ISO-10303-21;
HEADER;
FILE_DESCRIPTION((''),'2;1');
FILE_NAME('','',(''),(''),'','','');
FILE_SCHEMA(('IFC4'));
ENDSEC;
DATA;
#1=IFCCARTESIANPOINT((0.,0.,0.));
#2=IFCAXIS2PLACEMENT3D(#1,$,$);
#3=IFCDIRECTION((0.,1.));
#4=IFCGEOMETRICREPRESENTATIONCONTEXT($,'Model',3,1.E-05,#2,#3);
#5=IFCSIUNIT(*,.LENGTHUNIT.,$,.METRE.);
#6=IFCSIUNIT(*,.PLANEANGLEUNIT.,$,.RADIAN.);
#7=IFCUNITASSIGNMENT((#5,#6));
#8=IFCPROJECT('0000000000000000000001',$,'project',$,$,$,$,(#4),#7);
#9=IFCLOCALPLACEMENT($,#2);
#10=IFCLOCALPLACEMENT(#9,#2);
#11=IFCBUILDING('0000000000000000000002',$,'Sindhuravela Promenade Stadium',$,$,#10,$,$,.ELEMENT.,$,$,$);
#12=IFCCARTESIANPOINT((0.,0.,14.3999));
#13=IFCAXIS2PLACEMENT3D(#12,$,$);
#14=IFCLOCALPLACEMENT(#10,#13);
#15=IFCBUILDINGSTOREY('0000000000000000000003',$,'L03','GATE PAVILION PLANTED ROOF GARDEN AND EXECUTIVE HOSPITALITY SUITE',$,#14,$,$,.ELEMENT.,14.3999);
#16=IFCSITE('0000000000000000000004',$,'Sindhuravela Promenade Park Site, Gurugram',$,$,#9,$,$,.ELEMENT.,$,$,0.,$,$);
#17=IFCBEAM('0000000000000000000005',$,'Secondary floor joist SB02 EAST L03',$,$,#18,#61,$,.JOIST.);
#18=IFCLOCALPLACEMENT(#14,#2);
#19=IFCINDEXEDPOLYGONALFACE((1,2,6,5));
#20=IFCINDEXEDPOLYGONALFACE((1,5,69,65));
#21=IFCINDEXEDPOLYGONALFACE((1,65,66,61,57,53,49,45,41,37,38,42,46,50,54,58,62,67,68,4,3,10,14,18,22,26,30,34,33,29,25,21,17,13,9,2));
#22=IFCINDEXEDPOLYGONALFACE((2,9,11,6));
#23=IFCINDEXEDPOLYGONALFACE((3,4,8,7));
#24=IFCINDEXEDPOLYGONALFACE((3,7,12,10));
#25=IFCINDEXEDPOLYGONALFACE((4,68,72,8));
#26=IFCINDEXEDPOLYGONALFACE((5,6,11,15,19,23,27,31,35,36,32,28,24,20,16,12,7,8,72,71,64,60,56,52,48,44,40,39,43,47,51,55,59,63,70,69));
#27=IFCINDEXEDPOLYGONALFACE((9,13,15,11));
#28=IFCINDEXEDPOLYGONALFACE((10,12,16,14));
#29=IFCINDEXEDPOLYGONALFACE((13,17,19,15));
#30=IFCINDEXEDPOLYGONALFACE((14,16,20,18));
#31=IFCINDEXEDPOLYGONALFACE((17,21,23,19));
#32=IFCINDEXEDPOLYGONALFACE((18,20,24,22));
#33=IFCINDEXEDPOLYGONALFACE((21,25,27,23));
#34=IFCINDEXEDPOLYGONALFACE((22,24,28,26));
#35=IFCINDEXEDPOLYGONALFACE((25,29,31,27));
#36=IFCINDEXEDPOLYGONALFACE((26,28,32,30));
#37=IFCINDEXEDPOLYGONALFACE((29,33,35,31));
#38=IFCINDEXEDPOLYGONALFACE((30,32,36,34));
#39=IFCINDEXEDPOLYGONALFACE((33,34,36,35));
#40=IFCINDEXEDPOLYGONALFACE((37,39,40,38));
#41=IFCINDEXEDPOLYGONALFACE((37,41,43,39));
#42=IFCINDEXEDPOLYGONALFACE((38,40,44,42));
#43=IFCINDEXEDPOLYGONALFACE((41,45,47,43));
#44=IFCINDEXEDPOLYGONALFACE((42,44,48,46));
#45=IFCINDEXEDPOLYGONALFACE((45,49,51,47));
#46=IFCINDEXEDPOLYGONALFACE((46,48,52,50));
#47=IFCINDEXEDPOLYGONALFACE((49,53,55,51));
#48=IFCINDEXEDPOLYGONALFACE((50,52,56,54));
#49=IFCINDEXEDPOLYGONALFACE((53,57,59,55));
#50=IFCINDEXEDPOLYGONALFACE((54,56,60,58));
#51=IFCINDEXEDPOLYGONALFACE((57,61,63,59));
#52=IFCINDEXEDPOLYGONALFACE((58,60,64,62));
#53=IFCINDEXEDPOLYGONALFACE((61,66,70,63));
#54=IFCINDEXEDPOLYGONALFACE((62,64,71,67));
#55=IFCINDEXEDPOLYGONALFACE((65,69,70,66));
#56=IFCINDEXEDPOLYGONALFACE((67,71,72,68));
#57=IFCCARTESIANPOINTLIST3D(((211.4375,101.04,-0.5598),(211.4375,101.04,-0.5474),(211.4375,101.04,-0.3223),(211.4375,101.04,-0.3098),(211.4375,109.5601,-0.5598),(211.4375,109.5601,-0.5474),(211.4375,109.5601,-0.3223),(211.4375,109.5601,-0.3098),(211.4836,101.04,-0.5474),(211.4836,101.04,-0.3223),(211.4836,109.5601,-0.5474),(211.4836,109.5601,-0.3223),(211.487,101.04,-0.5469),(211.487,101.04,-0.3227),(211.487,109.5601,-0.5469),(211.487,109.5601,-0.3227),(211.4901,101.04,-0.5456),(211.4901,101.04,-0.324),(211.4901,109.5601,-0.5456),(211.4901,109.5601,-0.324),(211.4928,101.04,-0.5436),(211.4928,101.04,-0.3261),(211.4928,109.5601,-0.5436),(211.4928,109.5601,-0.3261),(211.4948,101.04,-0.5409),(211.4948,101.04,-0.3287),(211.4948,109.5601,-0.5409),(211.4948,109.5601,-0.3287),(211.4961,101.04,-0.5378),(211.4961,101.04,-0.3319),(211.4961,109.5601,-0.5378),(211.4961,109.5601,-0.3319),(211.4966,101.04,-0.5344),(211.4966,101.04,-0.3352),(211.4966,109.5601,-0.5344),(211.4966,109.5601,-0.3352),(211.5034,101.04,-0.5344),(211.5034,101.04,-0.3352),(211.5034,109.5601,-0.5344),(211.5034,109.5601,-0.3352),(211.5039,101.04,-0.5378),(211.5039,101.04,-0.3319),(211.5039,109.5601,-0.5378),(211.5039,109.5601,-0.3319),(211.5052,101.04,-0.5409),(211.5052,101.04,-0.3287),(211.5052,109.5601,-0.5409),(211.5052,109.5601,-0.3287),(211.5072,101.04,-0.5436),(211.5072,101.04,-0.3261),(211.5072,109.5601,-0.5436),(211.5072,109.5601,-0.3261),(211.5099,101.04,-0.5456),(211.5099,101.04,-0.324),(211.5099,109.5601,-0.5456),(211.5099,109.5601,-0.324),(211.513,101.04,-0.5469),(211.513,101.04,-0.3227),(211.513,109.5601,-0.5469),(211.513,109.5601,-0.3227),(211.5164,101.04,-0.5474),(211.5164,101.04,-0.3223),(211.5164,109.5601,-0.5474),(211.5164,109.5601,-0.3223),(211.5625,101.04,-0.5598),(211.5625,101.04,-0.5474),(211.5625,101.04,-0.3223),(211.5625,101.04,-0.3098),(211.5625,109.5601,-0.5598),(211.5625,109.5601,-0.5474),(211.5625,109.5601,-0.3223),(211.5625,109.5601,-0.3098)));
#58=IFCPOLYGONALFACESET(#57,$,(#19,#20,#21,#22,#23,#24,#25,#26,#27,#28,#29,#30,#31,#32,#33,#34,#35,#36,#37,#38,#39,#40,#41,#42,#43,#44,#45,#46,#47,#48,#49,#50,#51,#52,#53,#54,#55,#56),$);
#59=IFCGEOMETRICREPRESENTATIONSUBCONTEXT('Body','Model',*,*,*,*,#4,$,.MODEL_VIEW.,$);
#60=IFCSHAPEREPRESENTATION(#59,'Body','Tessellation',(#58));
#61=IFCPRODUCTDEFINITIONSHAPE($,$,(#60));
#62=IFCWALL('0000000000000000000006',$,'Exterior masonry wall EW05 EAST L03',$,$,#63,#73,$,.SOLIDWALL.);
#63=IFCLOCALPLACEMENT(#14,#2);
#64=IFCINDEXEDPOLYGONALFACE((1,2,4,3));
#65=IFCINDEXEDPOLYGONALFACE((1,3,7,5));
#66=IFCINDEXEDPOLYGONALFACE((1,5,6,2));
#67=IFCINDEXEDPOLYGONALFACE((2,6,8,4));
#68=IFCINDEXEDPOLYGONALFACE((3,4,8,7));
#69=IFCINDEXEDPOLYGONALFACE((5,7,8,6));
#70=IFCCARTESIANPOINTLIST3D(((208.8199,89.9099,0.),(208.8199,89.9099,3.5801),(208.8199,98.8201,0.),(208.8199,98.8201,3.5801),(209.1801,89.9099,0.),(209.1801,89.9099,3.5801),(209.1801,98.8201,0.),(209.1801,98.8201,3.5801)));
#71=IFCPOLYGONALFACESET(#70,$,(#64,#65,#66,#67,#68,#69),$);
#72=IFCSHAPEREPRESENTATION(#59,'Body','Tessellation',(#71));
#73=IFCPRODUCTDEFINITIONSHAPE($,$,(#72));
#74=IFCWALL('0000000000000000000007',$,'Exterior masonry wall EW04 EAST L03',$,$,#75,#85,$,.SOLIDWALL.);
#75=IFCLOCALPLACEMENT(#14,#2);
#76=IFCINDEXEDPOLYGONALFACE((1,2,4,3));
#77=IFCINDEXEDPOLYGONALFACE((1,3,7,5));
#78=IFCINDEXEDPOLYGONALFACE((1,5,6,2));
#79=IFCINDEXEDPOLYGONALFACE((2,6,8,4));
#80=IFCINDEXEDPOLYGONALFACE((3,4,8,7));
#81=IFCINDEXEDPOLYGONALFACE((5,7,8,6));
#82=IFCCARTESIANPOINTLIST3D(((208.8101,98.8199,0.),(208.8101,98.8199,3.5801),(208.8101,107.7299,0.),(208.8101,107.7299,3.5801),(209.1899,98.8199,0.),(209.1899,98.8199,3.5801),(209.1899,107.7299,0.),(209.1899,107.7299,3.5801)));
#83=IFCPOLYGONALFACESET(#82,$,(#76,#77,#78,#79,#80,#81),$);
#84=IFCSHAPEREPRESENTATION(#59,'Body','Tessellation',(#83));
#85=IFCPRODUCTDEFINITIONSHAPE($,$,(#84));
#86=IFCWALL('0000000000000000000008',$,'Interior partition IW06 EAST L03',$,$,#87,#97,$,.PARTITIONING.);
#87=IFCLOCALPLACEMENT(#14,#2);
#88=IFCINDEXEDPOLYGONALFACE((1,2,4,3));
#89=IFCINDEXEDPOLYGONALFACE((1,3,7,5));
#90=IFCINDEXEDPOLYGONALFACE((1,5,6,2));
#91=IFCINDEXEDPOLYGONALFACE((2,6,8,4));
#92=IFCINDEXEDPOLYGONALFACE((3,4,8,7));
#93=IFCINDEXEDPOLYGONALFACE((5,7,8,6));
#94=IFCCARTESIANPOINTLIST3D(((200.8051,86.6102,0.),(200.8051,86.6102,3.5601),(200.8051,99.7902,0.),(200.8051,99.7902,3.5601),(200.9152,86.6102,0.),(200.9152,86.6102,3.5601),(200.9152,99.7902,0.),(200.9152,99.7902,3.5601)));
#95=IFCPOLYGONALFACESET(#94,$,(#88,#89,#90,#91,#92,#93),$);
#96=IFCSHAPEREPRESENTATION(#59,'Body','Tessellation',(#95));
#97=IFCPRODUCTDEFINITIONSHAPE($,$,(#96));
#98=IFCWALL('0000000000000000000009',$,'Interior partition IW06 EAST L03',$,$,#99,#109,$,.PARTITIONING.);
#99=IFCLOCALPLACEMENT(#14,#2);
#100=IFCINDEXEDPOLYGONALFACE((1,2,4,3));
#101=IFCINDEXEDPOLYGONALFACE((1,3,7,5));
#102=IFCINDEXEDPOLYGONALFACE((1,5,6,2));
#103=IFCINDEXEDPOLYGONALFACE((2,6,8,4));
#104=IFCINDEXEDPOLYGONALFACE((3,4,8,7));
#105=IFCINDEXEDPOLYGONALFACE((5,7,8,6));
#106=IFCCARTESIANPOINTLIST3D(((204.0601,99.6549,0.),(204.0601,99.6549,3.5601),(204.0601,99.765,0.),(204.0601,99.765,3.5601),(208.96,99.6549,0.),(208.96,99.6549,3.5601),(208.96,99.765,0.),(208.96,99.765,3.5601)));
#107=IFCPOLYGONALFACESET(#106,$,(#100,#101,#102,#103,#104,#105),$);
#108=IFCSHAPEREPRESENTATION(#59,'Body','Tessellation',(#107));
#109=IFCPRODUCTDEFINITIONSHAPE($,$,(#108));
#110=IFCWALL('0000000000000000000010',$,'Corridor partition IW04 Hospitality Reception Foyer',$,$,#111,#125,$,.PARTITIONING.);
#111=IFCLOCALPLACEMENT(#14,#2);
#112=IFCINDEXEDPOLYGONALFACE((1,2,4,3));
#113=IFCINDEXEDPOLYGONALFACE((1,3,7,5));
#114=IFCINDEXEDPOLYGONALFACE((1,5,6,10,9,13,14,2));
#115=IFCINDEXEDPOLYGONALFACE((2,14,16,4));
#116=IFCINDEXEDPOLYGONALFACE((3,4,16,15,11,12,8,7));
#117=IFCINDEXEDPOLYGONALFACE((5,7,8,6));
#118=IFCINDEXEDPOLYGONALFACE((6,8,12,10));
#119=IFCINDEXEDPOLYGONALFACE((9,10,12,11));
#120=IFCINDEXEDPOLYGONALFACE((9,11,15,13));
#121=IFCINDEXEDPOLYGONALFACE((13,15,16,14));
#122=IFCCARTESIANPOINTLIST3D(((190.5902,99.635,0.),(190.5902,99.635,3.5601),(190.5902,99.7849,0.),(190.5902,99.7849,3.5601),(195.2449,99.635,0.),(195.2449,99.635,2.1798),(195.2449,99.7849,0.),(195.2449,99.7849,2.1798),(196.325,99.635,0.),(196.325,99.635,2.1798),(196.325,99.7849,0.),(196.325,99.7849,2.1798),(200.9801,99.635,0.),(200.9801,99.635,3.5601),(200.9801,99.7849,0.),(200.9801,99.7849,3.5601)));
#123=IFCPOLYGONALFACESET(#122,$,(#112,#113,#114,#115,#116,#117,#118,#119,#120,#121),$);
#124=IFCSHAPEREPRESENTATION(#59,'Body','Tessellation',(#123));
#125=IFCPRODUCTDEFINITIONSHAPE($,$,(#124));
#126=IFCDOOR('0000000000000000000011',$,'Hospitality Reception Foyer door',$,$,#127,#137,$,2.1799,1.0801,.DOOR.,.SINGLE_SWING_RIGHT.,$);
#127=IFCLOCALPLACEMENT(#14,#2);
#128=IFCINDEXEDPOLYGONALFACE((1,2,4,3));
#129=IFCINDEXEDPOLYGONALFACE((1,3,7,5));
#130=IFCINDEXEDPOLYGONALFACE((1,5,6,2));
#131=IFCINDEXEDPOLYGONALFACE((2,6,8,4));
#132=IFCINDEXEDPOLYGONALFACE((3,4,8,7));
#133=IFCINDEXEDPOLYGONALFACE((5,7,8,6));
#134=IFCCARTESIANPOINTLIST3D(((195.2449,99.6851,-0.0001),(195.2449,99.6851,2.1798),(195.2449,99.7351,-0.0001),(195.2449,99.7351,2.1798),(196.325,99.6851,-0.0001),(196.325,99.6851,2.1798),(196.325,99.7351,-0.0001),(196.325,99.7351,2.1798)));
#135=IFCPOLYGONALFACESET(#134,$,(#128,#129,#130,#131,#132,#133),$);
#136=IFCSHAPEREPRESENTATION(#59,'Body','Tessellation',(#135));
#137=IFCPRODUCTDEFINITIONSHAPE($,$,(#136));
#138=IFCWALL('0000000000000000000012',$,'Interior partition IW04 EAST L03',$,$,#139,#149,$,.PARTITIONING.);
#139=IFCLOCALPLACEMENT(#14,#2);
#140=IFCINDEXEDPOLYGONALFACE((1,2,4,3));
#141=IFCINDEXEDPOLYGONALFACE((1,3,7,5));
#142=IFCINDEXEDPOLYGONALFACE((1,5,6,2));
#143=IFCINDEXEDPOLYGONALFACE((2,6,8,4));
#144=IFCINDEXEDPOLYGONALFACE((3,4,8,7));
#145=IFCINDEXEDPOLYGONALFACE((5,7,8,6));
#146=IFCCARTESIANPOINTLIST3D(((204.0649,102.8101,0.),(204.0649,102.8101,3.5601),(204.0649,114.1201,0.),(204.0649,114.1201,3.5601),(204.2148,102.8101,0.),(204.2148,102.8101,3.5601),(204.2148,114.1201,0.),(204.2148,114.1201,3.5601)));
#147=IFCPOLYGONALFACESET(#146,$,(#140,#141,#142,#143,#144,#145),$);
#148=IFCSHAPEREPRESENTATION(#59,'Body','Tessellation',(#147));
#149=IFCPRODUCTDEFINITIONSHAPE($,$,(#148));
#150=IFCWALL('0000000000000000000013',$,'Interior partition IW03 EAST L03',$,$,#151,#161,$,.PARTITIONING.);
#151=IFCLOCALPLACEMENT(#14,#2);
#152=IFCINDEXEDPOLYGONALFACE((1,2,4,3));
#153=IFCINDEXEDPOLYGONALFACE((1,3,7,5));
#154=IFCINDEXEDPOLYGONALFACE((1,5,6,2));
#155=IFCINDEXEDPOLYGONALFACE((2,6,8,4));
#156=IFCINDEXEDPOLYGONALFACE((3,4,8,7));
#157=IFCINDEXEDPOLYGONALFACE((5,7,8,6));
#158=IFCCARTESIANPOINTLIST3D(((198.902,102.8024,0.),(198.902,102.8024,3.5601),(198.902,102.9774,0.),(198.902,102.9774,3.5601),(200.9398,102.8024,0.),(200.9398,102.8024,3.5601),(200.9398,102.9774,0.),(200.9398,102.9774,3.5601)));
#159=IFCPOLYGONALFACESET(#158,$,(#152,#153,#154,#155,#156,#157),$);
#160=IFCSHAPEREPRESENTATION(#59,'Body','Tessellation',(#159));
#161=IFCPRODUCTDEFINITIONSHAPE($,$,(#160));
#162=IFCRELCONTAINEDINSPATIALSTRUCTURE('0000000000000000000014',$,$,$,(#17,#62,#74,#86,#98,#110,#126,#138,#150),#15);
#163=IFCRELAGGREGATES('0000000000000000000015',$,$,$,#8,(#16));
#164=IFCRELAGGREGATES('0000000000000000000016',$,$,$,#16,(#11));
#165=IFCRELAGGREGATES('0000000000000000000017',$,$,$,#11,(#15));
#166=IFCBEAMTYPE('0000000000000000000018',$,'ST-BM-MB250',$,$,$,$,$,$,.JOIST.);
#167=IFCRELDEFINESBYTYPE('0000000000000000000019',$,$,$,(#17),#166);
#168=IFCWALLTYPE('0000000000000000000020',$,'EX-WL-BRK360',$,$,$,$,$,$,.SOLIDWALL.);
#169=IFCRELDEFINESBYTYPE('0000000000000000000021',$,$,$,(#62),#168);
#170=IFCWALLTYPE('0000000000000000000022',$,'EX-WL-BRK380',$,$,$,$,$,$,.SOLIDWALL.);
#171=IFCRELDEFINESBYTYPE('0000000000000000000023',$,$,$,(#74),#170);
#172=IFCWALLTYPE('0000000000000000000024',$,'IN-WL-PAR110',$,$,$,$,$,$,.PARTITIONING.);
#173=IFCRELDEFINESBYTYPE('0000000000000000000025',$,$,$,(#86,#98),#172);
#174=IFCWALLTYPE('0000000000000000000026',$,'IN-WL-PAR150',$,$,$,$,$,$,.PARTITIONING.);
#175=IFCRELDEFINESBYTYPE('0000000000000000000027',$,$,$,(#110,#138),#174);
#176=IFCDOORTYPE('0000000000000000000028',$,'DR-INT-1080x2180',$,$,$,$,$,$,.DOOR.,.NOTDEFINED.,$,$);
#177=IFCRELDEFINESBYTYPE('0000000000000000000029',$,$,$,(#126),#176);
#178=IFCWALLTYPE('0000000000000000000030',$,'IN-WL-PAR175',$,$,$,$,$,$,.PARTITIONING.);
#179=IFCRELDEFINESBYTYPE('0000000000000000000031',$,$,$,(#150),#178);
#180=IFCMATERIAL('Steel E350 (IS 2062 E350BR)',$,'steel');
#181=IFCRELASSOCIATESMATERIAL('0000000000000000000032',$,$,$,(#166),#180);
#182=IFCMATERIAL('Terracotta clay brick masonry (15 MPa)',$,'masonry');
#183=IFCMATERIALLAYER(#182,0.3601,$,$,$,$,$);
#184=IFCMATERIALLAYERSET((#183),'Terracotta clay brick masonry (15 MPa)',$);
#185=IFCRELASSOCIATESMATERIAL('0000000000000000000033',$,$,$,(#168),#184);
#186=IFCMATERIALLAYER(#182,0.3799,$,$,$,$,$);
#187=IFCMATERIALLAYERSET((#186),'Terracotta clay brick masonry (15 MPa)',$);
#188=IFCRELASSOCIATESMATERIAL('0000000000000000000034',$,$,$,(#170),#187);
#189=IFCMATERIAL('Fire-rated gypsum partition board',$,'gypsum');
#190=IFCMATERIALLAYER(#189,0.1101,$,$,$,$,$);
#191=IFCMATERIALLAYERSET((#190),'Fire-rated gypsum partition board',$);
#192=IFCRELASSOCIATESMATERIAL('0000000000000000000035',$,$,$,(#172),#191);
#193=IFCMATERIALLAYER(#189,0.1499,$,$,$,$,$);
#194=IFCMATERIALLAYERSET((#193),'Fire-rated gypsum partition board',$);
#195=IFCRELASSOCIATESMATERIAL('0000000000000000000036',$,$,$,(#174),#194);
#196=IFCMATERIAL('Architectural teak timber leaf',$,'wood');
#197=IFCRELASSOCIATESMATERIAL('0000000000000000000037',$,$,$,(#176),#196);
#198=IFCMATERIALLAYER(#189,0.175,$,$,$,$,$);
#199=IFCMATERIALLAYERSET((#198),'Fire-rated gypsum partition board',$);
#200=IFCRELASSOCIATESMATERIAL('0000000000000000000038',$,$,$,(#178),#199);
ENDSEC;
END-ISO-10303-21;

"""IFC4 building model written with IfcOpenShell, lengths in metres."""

from ifc_helpers import new_model, si_unit, direction, frame, frame_2d, origin, origin_2d, place, context, subcontext, project, spatial, rectangle, i_section, extrude, material, layer, layer_set, material_profile, profile_set, type_object, element, fill, save


model = new_model("IFC4")

# Units and contexts
model_context = context("Model", 3, precision=1e-05, world=origin(), true_north=direction((0.0, 1.0)))
body_context = subcontext(model_context, "Body", "Model", "MODEL_VIEW")
ifc_project = project(units=[si_unit("LENGTHUNIT", "METRE"), si_unit("PLANEANGLEUNIT", "RADIAN")], contexts=[model_context])

# Site, building, storey
site_placement = place(None, origin())
site = spatial("IfcSite", under=ifc_project, at=site_placement, Name="Sindhuravela Promenade Park Site, Gurugram", CompositionType="ELEMENT", RefElevation=0.0)
building_placement = place(site_placement, origin())
building = spatial("IfcBuilding", under=site, at=building_placement, Name="Sindhuravela Promenade Stadium", CompositionType="ELEMENT")
storey_placement = place(building_placement, frame((0.0, 0.0, 14.3999)))
storey = spatial("IfcBuildingStorey", under=building, at=storey_placement, Name="L03", Description="GATE PAVILION PLANTED ROOF GARDEN AND EXECUTIVE HOSPITALITY SUITE", CompositionType="ELEMENT", Elevation=14.3999)

# Beam
ifc_material_1 = material(Name="Steel E350 (IS 2062 E350BR)", Category="steel")
ifc_material_profile_1 = material_profile(ifc_material_1, i_section(OverallWidth=0.125, OverallDepth=0.25, WebThickness=0.0068, FlangeThickness=0.0125, FilletRadius=0.0129, at=origin_2d()), Name="ISMB 250")
ifc_profile_set_1 = profile_set([ifc_material_profile_1], Name="Steel E350 (IS 2062 E350BR)")
beam_type_1 = type_object("IfcBeamType", Name="ST-BM-MB250", PredefinedType="JOIST", material=ifc_profile_set_1)
beam_1_placement = place(storey_placement, frame((211.5, 101.04, -0.4348), z_axis=(0.0, 1.0, 0.0), x_axis=(-1.0, 0.0, 0.0)))
element("IfcBeam", 1, at=beam_1_placement, inside=storey, type_object=beam_type_1, Name="Secondary floor joist SB02 EAST L03", PredefinedType="JOIST", context=body_context, shape_type="SweptSolid", body=[
    extrude(i_section(OverallWidth=0.125, OverallDepth=0.25, WebThickness=0.0068, FlangeThickness=0.0125, FilletRadius=0.0129, at=origin_2d()), origin(), (0.0, 0.0, 1.0), 8.52),
])

# Walls
ifc_material_2 = material(Name="Terracotta clay brick masonry (15 MPa)", Category="masonry")
ifc_layer_1 = layer(ifc_material_2, 0.3601)
ifc_layer_set_1 = layer_set([ifc_layer_1], Name="Terracotta clay brick masonry (15 MPa)")
wall_type_1 = type_object("IfcWallType", Name="EX-WL-BRK360", PredefinedType="SOLIDWALL", material=ifc_layer_set_1)
wall_1_placement = place(storey_placement, frame((209.0, 98.8201, 0.0), z_axis=(0.0, 0.0, 1.0), x_axis=(0.0, -1.0, 0.0)))
element("IfcWall", 2, at=wall_1_placement, inside=storey, type_object=wall_type_1, Name="Exterior masonry wall EW05 EAST L03", PredefinedType="SOLIDWALL", context=body_context, shape_type="SweptSolid", body=[
    extrude(rectangle(XDim=8.9102, YDim=0.3601, at=frame_2d((4.4551, 0.0))), origin(), (0.0, 0.0, 1.0), 3.5801),
])
ifc_layer_2 = layer(ifc_material_2, 0.3799)
ifc_layer_set_2 = layer_set([ifc_layer_2], Name="Terracotta clay brick masonry (15 MPa)")
wall_type_2 = type_object("IfcWallType", Name="EX-WL-BRK380", PredefinedType="SOLIDWALL", material=ifc_layer_set_2)
wall_2_placement = place(storey_placement, frame((209.0, 107.73, 0.0), z_axis=(0.0, 0.0, 1.0), x_axis=(0.0, -1.0, 0.0)))
element("IfcWall", 3, at=wall_2_placement, inside=storey, type_object=wall_type_2, Name="Exterior masonry wall EW04 EAST L03", PredefinedType="SOLIDWALL", context=body_context, shape_type="SweptSolid", body=[
    extrude(rectangle(XDim=8.9099, YDim=0.3799, at=frame_2d((4.4551, 0.0))), origin(), (0.0, 0.0, 1.0), 3.5801),
])
ifc_material_3 = material(Name="Fire-rated gypsum partition board", Category="gypsum")
ifc_layer_3 = layer(ifc_material_3, 0.1101)
ifc_layer_set_3 = layer_set([ifc_layer_3], Name="Fire-rated gypsum partition board")
wall_type_3 = type_object("IfcWallType", Name="IN-WL-PAR110", PredefinedType="PARTITIONING", material=ifc_layer_set_3)
wall_3_placement = place(storey_placement, frame((200.8601, 99.79, 0.0), z_axis=(0.0, 0.0, 1.0), x_axis=(0.0, -1.0, 0.0)))
element("IfcWall", 4, at=wall_3_placement, inside=storey, type_object=wall_type_3, Name="Interior partition IW06 EAST L03", PredefinedType="PARTITIONING", context=body_context, shape_type="SweptSolid", body=[
    extrude(rectangle(XDim=13.1799, YDim=0.1101, at=frame_2d((6.5898, 0.0))), origin(), (0.0, 0.0, 1.0), 3.5601),
])
wall_4_placement = place(storey_placement, frame((204.0601, 99.71, 0.0), z_axis=(0.0, 0.0, 1.0), x_axis=(1.0, 0.0, 0.0)))
element("IfcWall", 5, at=wall_4_placement, inside=storey, type_object=wall_type_3, Name="Interior partition IW06 EAST L03", PredefinedType="PARTITIONING", context=body_context, shape_type="SweptSolid", body=[
    extrude(rectangle(XDim=4.8999, YDim=0.1101, at=frame_2d((2.45, 0.0))), origin(), (0.0, 0.0, 1.0), 3.5601),
])

# Wall, opening, door
ifc_layer_4 = layer(ifc_material_3, 0.1499)
ifc_layer_set_4 = layer_set([ifc_layer_4], Name="Fire-rated gypsum partition board")
wall_type_4 = type_object("IfcWallType", Name="IN-WL-PAR150", PredefinedType="PARTITIONING", material=ifc_layer_set_4)
wall_5_placement = place(storey_placement, frame((200.98, 99.71, 0.0), z_axis=(0.0, 0.0, 1.0), x_axis=(-1.0, 0.0, 0.0)))
wall_5 = element("IfcWall", 6, at=wall_5_placement, inside=storey, type_object=wall_type_4, Name="Corridor partition IW04 Hospitality Reception Foyer", PredefinedType="PARTITIONING", context=body_context, shape_type="SweptSolid", body=[
    extrude(rectangle(XDim=10.3899, YDim=0.1499, at=frame_2d((5.1948, 0.0))), origin(), (0.0, 0.0, 1.0), 3.5601),
])
opening_1_placement = place(wall_5_placement, frame((4.655, 0.0, 0.0)))
opening_1 = element("IfcOpeningElement", 7, at=opening_1_placement, cuts=wall_5, PredefinedType="OPENING", context=body_context, shape_type="SweptSolid", body=[
    extrude(rectangle(XDim=1.0801, YDim=2.1799, at=frame_2d((0.54, 1.0898))), frame((0.0, 0.085, 0.0), z_axis=(0.0, -1.0, 0.0), x_axis=(1.0, 0.0, 0.0)), (0.0, 0.0, 1.0), 0.1699),
])
ifc_material_4 = material(Name="Architectural teak timber leaf", Category="wood")
door_type_1 = type_object("IfcDoorType", Name="DR-INT-1080x2180", OperationType="NOTDEFINED", PredefinedType="DOOR", material=ifc_material_4)
door_1_placement = place(opening_1_placement, origin())
door_1 = element("IfcDoor", 8, at=door_1_placement, inside=storey, type_object=door_type_1, Name="Hospitality Reception Foyer door", OperationType="SINGLE_SWING_RIGHT", OverallHeight=2.1799, OverallWidth=1.0801, PredefinedType="DOOR", context=body_context, shape_type="SweptSolid", body=[
    extrude(rectangle(XDim=1.0801, YDim=2.1799, at=frame_2d((0.54, 1.0898))), frame((0.0, 0.0249, 0.0), z_axis=(0.0, -1.0, 0.0), x_axis=(1.0, 0.0, 0.0)), (0.0, 0.0, 1.0), 0.05),
])
fill(opening_1, door_1)

# Walls
wall_6_placement = place(storey_placement, frame((204.1399, 102.8101, 0.0), z_axis=(0.0, 0.0, 1.0), x_axis=(0.0, 1.0, 0.0)))
element("IfcWall", 9, at=wall_6_placement, inside=storey, type_object=wall_type_4, Name="Interior partition IW04 EAST L03", PredefinedType="PARTITIONING", context=body_context, shape_type="SweptSolid", body=[
    extrude(rectangle(XDim=11.3101, YDim=0.1499, at=frame_2d((5.655, 0.0))), origin(), (0.0, 0.0, 1.0), 3.5601),
])
ifc_layer_5 = layer(ifc_material_3, 0.175)
ifc_layer_set_5 = layer_set([ifc_layer_5], Name="Fire-rated gypsum partition board")
wall_type_5 = type_object("IfcWallType", Name="IN-WL-PAR175", PredefinedType="PARTITIONING", material=ifc_layer_set_5)
wall_7_placement = place(storey_placement, frame((200.9399, 102.8899, 0.0), z_axis=(0.0, 0.0, 1.0), x_axis=(-1.0, 0.0, 0.0)))
element("IfcWall", 10, at=wall_7_placement, inside=storey, type_object=wall_type_5, Name="Interior partition IW03 EAST L03", PredefinedType="PARTITIONING", context=body_context, shape_type="SweptSolid", body=[
    extrude(rectangle(XDim=2.0378, YDim=0.175, at=frame_2d((1.019, 0.0))), origin(), (0.0, 0.0, 1.0), 3.5601),
])

save(model, "model.ifc")
